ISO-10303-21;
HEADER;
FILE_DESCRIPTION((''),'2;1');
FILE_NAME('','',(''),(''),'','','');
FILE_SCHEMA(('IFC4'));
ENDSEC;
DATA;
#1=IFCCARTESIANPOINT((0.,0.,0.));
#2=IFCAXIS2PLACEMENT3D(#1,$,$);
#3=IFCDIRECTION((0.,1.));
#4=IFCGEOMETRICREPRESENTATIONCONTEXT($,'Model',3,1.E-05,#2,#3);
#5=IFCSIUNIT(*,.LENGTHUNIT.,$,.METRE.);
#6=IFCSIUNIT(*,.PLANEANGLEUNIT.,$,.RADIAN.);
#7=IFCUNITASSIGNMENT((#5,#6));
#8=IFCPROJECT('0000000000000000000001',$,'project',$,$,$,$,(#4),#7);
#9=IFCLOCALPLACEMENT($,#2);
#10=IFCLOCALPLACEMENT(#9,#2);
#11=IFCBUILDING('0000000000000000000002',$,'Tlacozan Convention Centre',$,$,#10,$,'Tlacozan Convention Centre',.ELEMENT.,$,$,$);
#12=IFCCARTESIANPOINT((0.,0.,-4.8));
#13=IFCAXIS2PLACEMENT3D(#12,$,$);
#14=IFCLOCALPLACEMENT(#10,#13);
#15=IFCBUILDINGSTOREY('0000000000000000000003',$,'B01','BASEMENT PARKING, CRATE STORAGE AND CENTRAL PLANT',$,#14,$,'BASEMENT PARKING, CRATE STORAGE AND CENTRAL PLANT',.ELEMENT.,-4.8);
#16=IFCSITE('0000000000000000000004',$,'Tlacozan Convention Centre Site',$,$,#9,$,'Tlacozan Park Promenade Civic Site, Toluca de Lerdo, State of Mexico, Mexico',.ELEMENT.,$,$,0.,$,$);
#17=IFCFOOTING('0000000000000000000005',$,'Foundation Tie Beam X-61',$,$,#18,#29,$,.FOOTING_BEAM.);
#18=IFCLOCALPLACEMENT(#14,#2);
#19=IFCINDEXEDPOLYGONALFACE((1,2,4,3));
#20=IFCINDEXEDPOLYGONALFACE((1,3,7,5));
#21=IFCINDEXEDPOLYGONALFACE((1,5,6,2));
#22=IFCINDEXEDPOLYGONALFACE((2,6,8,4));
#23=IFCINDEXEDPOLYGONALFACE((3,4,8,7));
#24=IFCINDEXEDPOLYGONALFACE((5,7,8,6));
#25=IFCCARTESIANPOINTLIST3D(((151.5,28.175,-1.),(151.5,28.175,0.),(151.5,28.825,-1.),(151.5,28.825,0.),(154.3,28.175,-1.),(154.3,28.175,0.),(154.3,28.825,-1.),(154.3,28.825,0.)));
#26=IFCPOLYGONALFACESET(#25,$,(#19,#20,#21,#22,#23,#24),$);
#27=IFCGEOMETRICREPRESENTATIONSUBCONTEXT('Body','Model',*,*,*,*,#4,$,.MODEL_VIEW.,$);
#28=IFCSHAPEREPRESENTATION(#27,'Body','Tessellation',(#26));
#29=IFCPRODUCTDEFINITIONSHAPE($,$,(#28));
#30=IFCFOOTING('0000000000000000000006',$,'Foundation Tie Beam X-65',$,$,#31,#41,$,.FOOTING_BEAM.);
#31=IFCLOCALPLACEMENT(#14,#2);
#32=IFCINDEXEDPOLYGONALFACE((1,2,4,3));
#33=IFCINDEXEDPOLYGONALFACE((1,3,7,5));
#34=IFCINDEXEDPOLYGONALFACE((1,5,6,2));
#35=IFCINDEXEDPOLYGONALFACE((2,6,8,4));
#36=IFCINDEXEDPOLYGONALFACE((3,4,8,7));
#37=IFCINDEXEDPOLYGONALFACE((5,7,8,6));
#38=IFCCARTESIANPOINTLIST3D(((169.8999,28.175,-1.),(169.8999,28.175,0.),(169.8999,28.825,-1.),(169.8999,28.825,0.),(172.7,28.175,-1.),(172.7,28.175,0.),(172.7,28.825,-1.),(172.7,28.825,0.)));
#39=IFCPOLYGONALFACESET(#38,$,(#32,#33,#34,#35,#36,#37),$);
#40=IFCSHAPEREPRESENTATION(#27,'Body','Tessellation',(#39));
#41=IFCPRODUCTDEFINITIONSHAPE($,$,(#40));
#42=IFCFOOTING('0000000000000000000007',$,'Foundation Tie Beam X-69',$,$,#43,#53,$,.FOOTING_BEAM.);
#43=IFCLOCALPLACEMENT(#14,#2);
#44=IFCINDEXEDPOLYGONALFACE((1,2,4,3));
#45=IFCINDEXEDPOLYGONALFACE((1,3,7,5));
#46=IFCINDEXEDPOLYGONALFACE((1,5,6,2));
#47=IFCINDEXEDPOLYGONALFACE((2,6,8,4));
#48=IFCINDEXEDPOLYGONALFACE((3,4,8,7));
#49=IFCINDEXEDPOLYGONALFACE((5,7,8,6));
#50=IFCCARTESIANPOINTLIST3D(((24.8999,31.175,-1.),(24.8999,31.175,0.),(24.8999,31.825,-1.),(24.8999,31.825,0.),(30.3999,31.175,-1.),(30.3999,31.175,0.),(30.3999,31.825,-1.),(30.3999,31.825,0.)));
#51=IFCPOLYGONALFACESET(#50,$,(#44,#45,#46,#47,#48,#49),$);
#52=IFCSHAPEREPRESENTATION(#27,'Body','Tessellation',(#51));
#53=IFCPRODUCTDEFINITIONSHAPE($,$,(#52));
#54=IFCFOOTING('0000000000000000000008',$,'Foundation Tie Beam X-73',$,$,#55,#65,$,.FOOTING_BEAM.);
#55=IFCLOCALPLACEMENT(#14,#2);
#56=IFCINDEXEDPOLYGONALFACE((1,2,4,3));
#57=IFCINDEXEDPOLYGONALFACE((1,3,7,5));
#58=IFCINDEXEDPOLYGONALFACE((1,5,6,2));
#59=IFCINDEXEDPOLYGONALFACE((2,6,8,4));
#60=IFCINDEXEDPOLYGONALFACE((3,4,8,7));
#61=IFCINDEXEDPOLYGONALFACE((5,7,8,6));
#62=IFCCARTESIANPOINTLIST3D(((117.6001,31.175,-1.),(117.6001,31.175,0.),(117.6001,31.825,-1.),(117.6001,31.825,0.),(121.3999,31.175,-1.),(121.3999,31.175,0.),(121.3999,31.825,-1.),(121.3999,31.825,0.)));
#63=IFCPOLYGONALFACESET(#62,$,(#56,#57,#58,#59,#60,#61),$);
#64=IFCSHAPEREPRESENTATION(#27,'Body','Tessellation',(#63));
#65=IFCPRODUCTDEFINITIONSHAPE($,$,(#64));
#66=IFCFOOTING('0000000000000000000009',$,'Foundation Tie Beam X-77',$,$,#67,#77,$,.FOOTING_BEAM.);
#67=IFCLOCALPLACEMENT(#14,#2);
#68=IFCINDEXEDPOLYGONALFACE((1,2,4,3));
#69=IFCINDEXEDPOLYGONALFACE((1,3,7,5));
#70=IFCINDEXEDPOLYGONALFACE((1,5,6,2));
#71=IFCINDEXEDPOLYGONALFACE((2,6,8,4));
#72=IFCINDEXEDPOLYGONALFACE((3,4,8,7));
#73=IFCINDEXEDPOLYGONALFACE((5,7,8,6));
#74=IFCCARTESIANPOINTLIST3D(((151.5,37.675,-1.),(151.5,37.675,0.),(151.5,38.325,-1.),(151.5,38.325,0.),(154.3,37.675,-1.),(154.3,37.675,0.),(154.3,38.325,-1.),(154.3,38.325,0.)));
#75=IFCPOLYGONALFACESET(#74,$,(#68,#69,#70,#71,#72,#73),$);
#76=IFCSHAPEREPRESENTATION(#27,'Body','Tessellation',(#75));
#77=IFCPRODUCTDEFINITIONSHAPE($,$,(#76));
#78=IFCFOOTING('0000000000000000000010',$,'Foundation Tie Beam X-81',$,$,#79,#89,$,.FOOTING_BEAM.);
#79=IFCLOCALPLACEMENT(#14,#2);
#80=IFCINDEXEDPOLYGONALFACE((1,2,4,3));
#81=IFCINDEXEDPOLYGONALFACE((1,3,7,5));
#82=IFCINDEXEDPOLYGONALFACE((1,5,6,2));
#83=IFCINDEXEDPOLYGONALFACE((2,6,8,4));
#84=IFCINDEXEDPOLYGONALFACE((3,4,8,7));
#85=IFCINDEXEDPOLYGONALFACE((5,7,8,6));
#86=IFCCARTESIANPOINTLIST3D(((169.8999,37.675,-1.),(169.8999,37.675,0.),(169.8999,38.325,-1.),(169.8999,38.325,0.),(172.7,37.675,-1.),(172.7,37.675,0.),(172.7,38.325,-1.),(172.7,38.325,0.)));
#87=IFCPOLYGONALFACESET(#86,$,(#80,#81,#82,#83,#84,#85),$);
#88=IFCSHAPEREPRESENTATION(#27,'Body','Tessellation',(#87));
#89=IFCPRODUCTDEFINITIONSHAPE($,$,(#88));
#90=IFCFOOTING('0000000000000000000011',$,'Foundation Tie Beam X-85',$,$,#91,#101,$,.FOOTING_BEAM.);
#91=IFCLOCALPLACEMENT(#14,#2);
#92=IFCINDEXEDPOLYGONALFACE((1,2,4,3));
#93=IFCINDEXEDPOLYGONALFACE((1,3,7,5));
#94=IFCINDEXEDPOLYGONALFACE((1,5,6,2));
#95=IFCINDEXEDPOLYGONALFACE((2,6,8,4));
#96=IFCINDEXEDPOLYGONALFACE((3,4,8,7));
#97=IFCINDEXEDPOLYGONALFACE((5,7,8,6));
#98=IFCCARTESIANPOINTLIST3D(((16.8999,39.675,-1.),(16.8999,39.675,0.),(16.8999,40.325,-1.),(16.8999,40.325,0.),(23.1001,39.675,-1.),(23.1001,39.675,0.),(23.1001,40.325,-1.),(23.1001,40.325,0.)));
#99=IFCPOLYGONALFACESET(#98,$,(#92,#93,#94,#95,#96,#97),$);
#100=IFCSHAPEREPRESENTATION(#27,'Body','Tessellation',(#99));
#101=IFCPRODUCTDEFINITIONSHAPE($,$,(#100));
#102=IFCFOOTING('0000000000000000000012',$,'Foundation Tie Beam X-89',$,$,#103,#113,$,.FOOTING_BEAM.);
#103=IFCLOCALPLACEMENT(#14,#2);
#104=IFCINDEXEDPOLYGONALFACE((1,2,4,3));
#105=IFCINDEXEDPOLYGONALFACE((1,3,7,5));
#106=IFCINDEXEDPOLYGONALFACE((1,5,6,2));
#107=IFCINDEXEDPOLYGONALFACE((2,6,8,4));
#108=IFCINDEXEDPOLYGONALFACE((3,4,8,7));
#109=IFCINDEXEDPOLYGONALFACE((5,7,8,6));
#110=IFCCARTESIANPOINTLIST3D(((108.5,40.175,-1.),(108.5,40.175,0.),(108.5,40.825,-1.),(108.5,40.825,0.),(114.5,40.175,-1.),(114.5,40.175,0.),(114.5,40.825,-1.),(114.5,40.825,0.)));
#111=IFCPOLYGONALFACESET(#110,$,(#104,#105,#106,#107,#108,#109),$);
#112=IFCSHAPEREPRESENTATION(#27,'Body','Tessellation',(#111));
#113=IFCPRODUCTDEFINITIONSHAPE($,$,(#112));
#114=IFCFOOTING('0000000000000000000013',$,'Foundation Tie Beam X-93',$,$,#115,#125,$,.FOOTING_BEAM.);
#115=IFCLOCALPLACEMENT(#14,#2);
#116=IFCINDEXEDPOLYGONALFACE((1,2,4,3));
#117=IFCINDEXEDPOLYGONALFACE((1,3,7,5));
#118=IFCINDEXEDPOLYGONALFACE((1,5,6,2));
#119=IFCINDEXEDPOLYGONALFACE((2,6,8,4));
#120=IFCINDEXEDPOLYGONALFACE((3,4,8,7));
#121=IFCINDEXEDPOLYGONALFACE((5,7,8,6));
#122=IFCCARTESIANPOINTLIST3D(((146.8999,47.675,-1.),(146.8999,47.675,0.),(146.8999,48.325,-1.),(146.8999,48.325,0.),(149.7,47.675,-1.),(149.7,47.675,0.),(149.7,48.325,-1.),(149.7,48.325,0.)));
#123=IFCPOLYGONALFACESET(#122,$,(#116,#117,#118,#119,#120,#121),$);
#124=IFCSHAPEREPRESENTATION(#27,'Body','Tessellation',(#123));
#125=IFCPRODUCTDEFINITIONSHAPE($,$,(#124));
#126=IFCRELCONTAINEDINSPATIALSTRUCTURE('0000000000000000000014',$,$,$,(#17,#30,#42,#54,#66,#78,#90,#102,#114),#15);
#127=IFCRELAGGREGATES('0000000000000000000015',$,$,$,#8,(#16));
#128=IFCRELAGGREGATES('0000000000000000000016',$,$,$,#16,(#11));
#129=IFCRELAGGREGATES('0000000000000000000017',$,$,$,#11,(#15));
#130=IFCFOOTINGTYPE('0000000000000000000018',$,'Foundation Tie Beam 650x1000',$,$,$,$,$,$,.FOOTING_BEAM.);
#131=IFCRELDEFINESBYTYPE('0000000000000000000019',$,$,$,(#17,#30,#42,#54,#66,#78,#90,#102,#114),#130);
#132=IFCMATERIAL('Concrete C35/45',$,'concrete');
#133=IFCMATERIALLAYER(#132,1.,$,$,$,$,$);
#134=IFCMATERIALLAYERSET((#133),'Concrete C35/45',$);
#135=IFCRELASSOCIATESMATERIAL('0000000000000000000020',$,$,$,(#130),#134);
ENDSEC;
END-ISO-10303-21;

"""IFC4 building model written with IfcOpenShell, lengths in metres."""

from ifc_helpers import new_model, si_unit, direction, frame, origin, place, context, subcontext, project, spatial, polyline, outline, extrude, material, layer, layer_set, type_object, element, save


model = new_model("IFC4")

# Units and contexts
model_context = context("Model", 3, precision=1e-05, world=origin(), true_north=direction((0.0, 1.0)))
body_context = subcontext(model_context, "Body", "Model", "MODEL_VIEW")
ifc_project = project(units=[si_unit("LENGTHUNIT", "METRE"), si_unit("PLANEANGLEUNIT", "RADIAN")], contexts=[model_context])

# Site, building, storey
site_placement = place(None, origin())
site = spatial("IfcSite", under=ifc_project, at=site_placement, Name="Tlacozan Convention Centre Site", LongName="Tlacozan Park Promenade Civic Site, Toluca de Lerdo, State of Mexico, Mexico", CompositionType="ELEMENT", RefElevation=0.0)
building_placement = place(site_placement, origin())
building = spatial("IfcBuilding", under=site, at=building_placement, Name="Tlacozan Convention Centre", LongName="Tlacozan Convention Centre", CompositionType="ELEMENT")
storey_placement = place(building_placement, frame((0.0, 0.0, -4.8)))
storey = spatial("IfcBuildingStorey", under=building, at=storey_placement, Name="B01", Description="BASEMENT PARKING, CRATE STORAGE AND CENTRAL PLANT", LongName="BASEMENT PARKING, CRATE STORAGE AND CENTRAL PLANT", CompositionType="ELEMENT", Elevation=-4.8)

# Footings
ifc_material = material(Name="Concrete C35/45", Category="concrete")
ifc_layer = layer(ifc_material, 1.0)
ifc_layer_set = layer_set([ifc_layer], Name="Concrete C35/45")
footing_type = type_object("IfcFootingType", Name="Foundation Tie Beam 650x1000", PredefinedType="FOOTING_BEAM", material=ifc_layer_set)
footing_1_placement = place(storey_placement, frame((0.0, 0.0, -1.0)))
element("IfcFooting", 1, at=footing_1_placement, inside=storey, type_object=footing_type, Name="Foundation Tie Beam X-61", PredefinedType="FOOTING_BEAM", context=body_context, shape_type="SweptSolid", body=[
    extrude(outline(polyline([(151.5, 28.175), (154.3, 28.175), (154.3, 28.825), (151.5, 28.825), (151.5, 28.175)])), origin(), (0.0, 0.0, 1.0), 1.0),
])
footing_2_placement = place(storey_placement, frame((0.0, 0.0, -1.0)))
element("IfcFooting", 2, at=footing_2_placement, inside=storey, type_object=footing_type, Name="Foundation Tie Beam X-65", PredefinedType="FOOTING_BEAM", context=body_context, shape_type="SweptSolid", body=[
    extrude(outline(polyline([(169.8999, 28.175), (172.7, 28.175), (172.7, 28.825), (169.8999, 28.825), (169.8999, 28.175)])), origin(), (0.0, 0.0, 1.0), 1.0),
])
footing_3_placement = place(storey_placement, frame((0.0, 0.0, -1.0)))
element("IfcFooting", 3, at=footing_3_placement, inside=storey, type_object=footing_type, Name="Foundation Tie Beam X-69", PredefinedType="FOOTING_BEAM", context=body_context, shape_type="SweptSolid", body=[
    extrude(outline(polyline([(24.8999, 31.175), (30.3999, 31.175), (30.3999, 31.825), (24.8999, 31.825), (24.8999, 31.175)])), origin(), (0.0, 0.0, 1.0), 1.0),
])
footing_4_placement = place(storey_placement, frame((0.0, 0.0, -1.0)))
element("IfcFooting", 4, at=footing_4_placement, inside=storey, type_object=footing_type, Name="Foundation Tie Beam X-73", PredefinedType="FOOTING_BEAM", context=body_context, shape_type="SweptSolid", body=[
    extrude(outline(polyline([(117.6001, 31.175), (121.3999, 31.175), (121.3999, 31.825), (117.6001, 31.825), (117.6001, 31.175)])), origin(), (0.0, 0.0, 1.0), 1.0),
])
footing_5_placement = place(storey_placement, frame((0.0, 0.0, -1.0)))
element("IfcFooting", 5, at=footing_5_placement, inside=storey, type_object=footing_type, Name="Foundation Tie Beam X-77", PredefinedType="FOOTING_BEAM", context=body_context, shape_type="SweptSolid", body=[
    extrude(outline(polyline([(151.5, 37.675), (154.3, 37.675), (154.3, 38.325), (151.5, 38.325), (151.5, 37.675)])), origin(), (0.0, 0.0, 1.0), 1.0),
])
footing_6_placement = place(storey_placement, frame((0.0, 0.0, -1.0)))
element("IfcFooting", 6, at=footing_6_placement, inside=storey, type_object=footing_type, Name="Foundation Tie Beam X-81", PredefinedType="FOOTING_BEAM", context=body_context, shape_type="SweptSolid", body=[
    extrude(outline(polyline([(169.8999, 37.675), (172.7, 37.675), (172.7, 38.325), (169.8999, 38.325), (169.8999, 37.675)])), origin(), (0.0, 0.0, 1.0), 1.0),
])
footing_7_placement = place(storey_placement, frame((0.0, 0.0, -1.0)))
element("IfcFooting", 7, at=footing_7_placement, inside=storey, type_object=footing_type, Name="Foundation Tie Beam X-85", PredefinedType="FOOTING_BEAM", context=body_context, shape_type="SweptSolid", body=[
    extrude(outline(polyline([(16.8999, 39.675), (23.1001, 39.675), (23.1001, 40.325), (16.8999, 40.325), (16.8999, 39.675)])), origin(), (0.0, 0.0, 1.0), 1.0),
])
footing_8_placement = place(storey_placement, frame((0.0, 0.0, -1.0)))
element("IfcFooting", 8, at=footing_8_placement, inside=storey, type_object=footing_type, Name="Foundation Tie Beam X-89", PredefinedType="FOOTING_BEAM", context=body_context, shape_type="SweptSolid", body=[
    extrude(outline(polyline([(108.5, 40.175), (114.5, 40.175), (114.5, 40.825), (108.5, 40.825), (108.5, 40.175)])), origin(), (0.0, 0.0, 1.0), 1.0),
])
footing_9_placement = place(storey_placement, frame((0.0, 0.0, -1.0)))
element("IfcFooting", 9, at=footing_9_placement, inside=storey, type_object=footing_type, Name="Foundation Tie Beam X-93", PredefinedType="FOOTING_BEAM", context=body_context, shape_type="SweptSolid", body=[
    extrude(outline(polyline([(146.8999, 47.675), (149.7, 47.675), (149.7, 48.325), (146.8999, 48.325), (146.8999, 47.675)])), origin(), (0.0, 0.0, 1.0), 1.0),
])

save(model, "model.ifc")
